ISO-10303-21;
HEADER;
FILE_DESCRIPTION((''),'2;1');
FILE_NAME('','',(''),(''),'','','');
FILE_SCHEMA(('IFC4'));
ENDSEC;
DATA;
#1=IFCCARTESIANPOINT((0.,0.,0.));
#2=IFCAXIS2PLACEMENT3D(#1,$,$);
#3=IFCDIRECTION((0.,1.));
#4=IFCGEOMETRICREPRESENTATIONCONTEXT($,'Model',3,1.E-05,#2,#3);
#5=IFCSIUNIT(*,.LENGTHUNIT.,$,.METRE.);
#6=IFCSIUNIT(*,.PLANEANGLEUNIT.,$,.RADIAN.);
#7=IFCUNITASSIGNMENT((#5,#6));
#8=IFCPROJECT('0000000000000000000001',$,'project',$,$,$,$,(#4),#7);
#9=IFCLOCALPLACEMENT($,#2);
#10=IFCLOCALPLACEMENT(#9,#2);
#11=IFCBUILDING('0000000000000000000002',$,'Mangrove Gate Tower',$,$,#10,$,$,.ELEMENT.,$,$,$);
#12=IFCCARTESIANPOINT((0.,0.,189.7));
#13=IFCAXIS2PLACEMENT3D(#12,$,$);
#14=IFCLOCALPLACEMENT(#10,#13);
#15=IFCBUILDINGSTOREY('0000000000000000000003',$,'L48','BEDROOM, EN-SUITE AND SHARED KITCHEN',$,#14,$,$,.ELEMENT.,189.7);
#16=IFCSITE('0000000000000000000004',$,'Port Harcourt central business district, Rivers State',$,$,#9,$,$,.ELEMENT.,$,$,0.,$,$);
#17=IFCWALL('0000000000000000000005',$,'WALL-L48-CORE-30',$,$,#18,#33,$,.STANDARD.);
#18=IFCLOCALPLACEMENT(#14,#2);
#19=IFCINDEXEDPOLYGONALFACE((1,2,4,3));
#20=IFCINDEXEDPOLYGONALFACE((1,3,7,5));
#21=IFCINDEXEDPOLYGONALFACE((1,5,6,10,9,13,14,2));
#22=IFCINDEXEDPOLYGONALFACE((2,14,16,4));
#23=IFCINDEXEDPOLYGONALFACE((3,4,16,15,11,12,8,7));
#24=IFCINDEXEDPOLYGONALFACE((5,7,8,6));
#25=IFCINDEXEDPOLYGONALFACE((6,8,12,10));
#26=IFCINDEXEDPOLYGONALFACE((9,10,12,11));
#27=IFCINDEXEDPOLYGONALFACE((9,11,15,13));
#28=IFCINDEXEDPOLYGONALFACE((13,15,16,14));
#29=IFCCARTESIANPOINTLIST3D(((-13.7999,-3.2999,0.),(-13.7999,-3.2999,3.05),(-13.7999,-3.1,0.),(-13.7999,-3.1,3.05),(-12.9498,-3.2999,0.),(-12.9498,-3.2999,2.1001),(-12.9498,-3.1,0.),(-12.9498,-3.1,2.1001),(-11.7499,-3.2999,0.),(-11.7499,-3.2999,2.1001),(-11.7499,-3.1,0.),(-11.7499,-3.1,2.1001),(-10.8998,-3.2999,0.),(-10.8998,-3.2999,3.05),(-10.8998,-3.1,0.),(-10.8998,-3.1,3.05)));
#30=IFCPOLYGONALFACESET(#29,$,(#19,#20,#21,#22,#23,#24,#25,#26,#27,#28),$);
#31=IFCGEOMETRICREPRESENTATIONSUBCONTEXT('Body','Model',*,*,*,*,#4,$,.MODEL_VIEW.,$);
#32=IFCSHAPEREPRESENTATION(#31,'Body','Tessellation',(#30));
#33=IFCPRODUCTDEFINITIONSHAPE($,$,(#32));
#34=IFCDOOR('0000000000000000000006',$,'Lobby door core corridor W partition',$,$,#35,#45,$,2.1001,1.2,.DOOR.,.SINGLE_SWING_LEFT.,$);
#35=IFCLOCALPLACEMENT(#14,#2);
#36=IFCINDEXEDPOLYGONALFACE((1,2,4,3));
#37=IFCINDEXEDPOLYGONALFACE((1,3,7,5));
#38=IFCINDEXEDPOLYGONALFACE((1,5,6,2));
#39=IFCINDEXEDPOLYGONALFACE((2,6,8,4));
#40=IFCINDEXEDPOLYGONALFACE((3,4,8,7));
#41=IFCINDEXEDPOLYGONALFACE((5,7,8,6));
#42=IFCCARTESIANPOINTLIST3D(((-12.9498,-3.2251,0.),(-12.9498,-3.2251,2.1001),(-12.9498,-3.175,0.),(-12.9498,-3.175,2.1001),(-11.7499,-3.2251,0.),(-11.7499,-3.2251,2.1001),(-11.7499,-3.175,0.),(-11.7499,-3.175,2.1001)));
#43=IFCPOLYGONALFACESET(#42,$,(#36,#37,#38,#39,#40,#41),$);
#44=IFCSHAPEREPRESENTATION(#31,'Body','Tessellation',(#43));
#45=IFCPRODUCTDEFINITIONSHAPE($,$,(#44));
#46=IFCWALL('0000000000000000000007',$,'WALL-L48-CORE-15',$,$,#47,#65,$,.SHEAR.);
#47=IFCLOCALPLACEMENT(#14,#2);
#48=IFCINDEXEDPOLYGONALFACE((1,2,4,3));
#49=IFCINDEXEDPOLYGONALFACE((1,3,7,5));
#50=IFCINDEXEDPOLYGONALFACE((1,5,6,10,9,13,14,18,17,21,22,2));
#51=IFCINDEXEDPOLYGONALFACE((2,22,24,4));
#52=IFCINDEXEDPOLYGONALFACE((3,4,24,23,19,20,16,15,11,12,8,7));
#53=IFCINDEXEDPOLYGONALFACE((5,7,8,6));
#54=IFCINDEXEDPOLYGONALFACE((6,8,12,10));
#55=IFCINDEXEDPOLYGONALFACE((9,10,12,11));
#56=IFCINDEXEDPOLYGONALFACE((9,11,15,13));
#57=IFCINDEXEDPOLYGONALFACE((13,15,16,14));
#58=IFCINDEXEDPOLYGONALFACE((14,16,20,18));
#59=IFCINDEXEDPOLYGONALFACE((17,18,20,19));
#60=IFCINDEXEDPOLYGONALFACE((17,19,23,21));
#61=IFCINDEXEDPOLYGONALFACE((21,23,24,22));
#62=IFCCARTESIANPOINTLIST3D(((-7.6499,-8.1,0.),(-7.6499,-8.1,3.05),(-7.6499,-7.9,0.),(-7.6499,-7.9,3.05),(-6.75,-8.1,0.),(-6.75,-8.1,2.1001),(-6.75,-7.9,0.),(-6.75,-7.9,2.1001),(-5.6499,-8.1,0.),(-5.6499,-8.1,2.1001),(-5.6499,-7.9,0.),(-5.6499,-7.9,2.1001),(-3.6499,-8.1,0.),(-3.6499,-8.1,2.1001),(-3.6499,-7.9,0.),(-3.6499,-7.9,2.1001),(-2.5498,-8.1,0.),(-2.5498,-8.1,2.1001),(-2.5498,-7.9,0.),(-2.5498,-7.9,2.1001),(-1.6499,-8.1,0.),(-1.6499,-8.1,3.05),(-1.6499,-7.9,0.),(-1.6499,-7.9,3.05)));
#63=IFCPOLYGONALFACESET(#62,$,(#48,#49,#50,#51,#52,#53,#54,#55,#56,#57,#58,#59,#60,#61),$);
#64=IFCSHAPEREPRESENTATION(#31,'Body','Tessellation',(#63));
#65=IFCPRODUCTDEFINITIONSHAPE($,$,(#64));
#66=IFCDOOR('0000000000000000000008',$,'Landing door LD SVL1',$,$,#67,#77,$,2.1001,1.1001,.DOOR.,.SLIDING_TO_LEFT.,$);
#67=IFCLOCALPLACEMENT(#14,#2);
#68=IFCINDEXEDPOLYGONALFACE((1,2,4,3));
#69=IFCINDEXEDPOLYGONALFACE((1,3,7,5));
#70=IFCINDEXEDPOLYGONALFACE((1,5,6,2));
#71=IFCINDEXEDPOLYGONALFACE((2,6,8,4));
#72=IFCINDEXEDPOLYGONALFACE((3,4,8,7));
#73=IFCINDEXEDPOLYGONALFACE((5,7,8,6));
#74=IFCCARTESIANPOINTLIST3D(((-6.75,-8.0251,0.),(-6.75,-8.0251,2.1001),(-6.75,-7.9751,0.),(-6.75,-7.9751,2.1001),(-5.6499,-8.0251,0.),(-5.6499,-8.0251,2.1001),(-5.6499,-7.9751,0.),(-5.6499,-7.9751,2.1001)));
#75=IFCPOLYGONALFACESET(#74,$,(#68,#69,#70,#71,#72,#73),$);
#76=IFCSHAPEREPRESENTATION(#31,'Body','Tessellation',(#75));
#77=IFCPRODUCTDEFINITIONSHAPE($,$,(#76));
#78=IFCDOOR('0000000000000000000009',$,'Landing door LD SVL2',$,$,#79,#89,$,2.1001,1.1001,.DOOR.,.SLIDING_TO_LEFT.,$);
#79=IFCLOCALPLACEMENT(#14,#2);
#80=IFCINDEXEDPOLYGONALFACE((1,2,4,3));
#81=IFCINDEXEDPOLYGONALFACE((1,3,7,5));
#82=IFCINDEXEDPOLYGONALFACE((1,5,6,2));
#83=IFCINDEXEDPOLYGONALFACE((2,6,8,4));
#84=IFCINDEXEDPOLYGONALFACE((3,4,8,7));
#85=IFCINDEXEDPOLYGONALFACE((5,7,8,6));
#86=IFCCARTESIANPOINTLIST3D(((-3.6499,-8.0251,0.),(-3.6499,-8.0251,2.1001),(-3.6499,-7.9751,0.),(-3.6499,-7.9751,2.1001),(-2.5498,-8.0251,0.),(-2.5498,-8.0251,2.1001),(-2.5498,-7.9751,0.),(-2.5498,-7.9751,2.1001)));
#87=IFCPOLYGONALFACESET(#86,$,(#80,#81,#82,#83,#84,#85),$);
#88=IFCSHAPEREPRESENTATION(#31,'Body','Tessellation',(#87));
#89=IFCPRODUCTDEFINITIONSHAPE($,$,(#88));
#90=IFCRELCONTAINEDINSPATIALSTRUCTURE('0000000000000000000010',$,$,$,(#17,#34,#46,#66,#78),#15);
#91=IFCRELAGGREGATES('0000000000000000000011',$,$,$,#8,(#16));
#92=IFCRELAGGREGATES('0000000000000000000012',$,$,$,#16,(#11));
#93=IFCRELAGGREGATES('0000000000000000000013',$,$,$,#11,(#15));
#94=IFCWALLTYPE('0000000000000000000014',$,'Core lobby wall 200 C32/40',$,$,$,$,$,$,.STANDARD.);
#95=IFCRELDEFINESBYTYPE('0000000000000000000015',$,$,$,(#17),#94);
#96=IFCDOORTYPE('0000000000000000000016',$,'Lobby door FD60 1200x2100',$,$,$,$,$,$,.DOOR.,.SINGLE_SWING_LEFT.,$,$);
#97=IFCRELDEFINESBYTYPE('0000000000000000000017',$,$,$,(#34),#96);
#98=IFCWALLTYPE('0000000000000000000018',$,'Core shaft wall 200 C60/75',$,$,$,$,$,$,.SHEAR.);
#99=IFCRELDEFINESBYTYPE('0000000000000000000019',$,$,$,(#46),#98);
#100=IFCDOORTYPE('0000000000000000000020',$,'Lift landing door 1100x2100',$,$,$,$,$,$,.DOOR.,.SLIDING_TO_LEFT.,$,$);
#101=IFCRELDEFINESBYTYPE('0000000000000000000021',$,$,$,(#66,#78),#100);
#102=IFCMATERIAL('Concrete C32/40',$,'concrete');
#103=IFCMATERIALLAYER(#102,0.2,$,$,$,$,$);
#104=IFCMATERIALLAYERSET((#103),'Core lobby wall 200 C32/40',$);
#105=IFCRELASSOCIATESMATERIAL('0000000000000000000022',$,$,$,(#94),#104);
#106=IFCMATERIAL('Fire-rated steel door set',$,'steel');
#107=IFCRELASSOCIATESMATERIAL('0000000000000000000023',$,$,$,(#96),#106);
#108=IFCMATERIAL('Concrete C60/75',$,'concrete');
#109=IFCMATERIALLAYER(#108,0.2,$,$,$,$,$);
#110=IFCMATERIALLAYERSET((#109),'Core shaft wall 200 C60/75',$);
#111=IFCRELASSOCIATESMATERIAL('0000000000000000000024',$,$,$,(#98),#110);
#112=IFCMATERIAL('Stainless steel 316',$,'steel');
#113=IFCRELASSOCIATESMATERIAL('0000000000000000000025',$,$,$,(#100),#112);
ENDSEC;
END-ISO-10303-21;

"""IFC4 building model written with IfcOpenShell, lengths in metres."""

from ifc_helpers import new_model, si_unit, direction, frame, frame_2d, origin, place, context, subcontext, project, spatial, rectangle, extrude, material, layer, layer_set, type_object, element, fill, save


model = new_model("IFC4")

# Units and contexts
model_context = context("Model", 3, precision=1e-05, world=origin(), true_north=direction((0.0, 1.0)))
body_context = subcontext(model_context, "Body", "Model", "MODEL_VIEW")
ifc_project = project(units=[si_unit("LENGTHUNIT", "METRE"), si_unit("PLANEANGLEUNIT", "RADIAN")], contexts=[model_context])

# Site, building, storey
site_placement = place(None, origin())
site = spatial("IfcSite", under=ifc_project, at=site_placement, Name="Port Harcourt central business district, Rivers State", CompositionType="ELEMENT", RefElevation=0.0)
building_placement = place(site_placement, origin())
building = spatial("IfcBuilding", under=site, at=building_placement, Name="Mangrove Gate Tower", CompositionType="ELEMENT")
storey_placement = place(building_placement, frame((0.0, 0.0, 189.7)))
storey = spatial("IfcBuildingStorey", under=building, at=storey_placement, Name="L48", Description="BEDROOM, EN-SUITE AND SHARED KITCHEN", CompositionType="ELEMENT", Elevation=189.7)

# Wall, opening, door
ifc_material_1 = material(Name="Concrete C32/40", Category="concrete")
ifc_layer_1 = layer(ifc_material_1, 0.2)
ifc_layer_set_1 = layer_set([ifc_layer_1], Name="Core lobby wall 200 C32/40")
wall_type_1 = type_object("IfcWallType", Name="Core lobby wall 200 C32/40", PredefinedType="STANDARD", material=ifc_layer_set_1)
wall_1_placement = place(storey_placement, frame((-13.8, -3.2, 0.0), z_axis=(0.0, 0.0, 1.0), x_axis=(1.0, 0.0, 0.0)))
wall_1 = element("IfcWall", 1, at=wall_1_placement, inside=storey, type_object=wall_type_1, Name="WALL-L48-CORE-30", PredefinedType="STANDARD", context=body_context, shape_type="SweptSolid", body=[
    extrude(rectangle(XDim=2.9001, YDim=0.2, at=frame_2d((1.4502, 0.0))), origin(), (0.0, 0.0, 1.0), 3.05),
])
opening_1_placement = place(wall_1_placement, frame((0.8501, 0.0, 0.0)))
opening_1 = element("IfcOpeningElement", 2, at=opening_1_placement, cuts=wall_1, PredefinedType="OPENING", context=body_context, shape_type="SweptSolid", body=[
    extrude(rectangle(XDim=1.2, YDim=2.1001, at=frame_2d((0.6001, 1.05))), frame((0.0, 0.1099, 0.0), z_axis=(0.0, -1.0, 0.0), x_axis=(1.0, 0.0, 0.0)), (0.0, 0.0, 1.0), 0.22),
])
ifc_material_2 = material(Name="Fire-rated steel door set", Category="steel")
door_type_1 = type_object("IfcDoorType", Name="Lobby door FD60 1200x2100", OperationType="SINGLE_SWING_LEFT", PredefinedType="DOOR", material=ifc_material_2)
door_1_placement = place(opening_1_placement, origin())
door_1 = element("IfcDoor", 3, at=door_1_placement, inside=storey, type_object=door_type_1, Name="Lobby door core corridor W partition", OperationType="SINGLE_SWING_LEFT", OverallHeight=2.1001, OverallWidth=1.2, PredefinedType="DOOR", context=body_context, shape_type="SweptSolid", body=[
    extrude(rectangle(XDim=1.2, YDim=2.1001, at=frame_2d((0.6001, 1.05))), frame((0.0, 0.0249, 0.0), z_axis=(0.0, -1.0, 0.0), x_axis=(1.0, 0.0, 0.0)), (0.0, 0.0, 1.0), 0.05),
])
fill(opening_1, door_1)

# Wall, openings, doors
ifc_material_3 = material(Name="Concrete C60/75", Category="concrete")
ifc_layer_2 = layer(ifc_material_3, 0.2)
ifc_layer_set_2 = layer_set([ifc_layer_2], Name="Core shaft wall 200 C60/75")
wall_type_2 = type_object("IfcWallType", Name="Core shaft wall 200 C60/75", PredefinedType="SHEAR", material=ifc_layer_set_2)
wall_2_placement = place(storey_placement, frame((-7.6499, -8.0, 0.0), z_axis=(0.0, 0.0, 1.0), x_axis=(1.0, 0.0, 0.0)))
wall_2 = element("IfcWall", 4, at=wall_2_placement, inside=storey, type_object=wall_type_2, Name="WALL-L48-CORE-15", PredefinedType="SHEAR", context=body_context, shape_type="SweptSolid", body=[
    extrude(rectangle(XDim=6.0, YDim=0.2, at=frame_2d((3.0, 0.0))), origin(), (0.0, 0.0, 1.0), 3.05),
])
opening_2_placement = place(wall_2_placement, frame((0.8999, 0.0, 0.0)))
opening_2 = element("IfcOpeningElement", 5, at=opening_2_placement, cuts=wall_2, PredefinedType="OPENING", context=body_context, shape_type="SweptSolid", body=[
    extrude(rectangle(XDim=1.1001, YDim=2.1001, at=frame_2d((0.55, 1.05))), frame((0.0, 0.1099, 0.0), z_axis=(0.0, -1.0, 0.0), x_axis=(1.0, 0.0, 0.0)), (0.0, 0.0, 1.0), 0.22),
])
opening_3_placement = place(wall_2_placement, frame((4.0, 0.0, 0.0)))
opening_3 = element("IfcOpeningElement", 6, at=opening_3_placement, cuts=wall_2, PredefinedType="OPENING", context=body_context, shape_type="SweptSolid", body=[
    extrude(rectangle(XDim=1.1001, YDim=2.1001, at=frame_2d((0.55, 1.05))), frame((0.0, 0.1099, 0.0), z_axis=(0.0, -1.0, 0.0), x_axis=(1.0, 0.0, 0.0)), (0.0, 0.0, 1.0), 0.22),
])
ifc_material_4 = material(Name="Stainless steel 316", Category="steel")
door_type_2 = type_object("IfcDoorType", Name="Lift landing door 1100x2100", OperationType="SLIDING_TO_LEFT", PredefinedType="DOOR", material=ifc_material_4)
door_2_placement = place(opening_2_placement, origin())
door_2 = element("IfcDoor", 7, at=door_2_placement, inside=storey, type_object=door_type_2, Name="Landing door LD SVL1", OperationType="SLIDING_TO_LEFT", OverallHeight=2.1001, OverallWidth=1.1001, PredefinedType="DOOR", context=body_context, shape_type="SweptSolid", body=[
    extrude(rectangle(XDim=1.1001, YDim=2.1001, at=frame_2d((0.55, 1.05))), frame((0.0, 0.0249, 0.0), z_axis=(0.0, -1.0, 0.0), x_axis=(1.0, 0.0, 0.0)), (0.0, 0.0, 1.0), 0.05),
])
fill(opening_2, door_2)
door_3_placement = place(opening_3_placement, origin())
door_3 = element("IfcDoor", 8, at=door_3_placement, inside=storey, type_object=door_type_2, Name="Landing door LD SVL2", OperationType="SLIDING_TO_LEFT", OverallHeight=2.1001, OverallWidth=1.1001, PredefinedType="DOOR", context=body_context, shape_type="SweptSolid", body=[
    extrude(rectangle(XDim=1.1001, YDim=2.1001, at=frame_2d((0.55, 1.05))), frame((0.0, 0.0249, 0.0), z_axis=(0.0, -1.0, 0.0), x_axis=(1.0, 0.0, 0.0)), (0.0, 0.0, 1.0), 0.05),
])
fill(opening_3, door_3)

save(model, "model.ifc")
